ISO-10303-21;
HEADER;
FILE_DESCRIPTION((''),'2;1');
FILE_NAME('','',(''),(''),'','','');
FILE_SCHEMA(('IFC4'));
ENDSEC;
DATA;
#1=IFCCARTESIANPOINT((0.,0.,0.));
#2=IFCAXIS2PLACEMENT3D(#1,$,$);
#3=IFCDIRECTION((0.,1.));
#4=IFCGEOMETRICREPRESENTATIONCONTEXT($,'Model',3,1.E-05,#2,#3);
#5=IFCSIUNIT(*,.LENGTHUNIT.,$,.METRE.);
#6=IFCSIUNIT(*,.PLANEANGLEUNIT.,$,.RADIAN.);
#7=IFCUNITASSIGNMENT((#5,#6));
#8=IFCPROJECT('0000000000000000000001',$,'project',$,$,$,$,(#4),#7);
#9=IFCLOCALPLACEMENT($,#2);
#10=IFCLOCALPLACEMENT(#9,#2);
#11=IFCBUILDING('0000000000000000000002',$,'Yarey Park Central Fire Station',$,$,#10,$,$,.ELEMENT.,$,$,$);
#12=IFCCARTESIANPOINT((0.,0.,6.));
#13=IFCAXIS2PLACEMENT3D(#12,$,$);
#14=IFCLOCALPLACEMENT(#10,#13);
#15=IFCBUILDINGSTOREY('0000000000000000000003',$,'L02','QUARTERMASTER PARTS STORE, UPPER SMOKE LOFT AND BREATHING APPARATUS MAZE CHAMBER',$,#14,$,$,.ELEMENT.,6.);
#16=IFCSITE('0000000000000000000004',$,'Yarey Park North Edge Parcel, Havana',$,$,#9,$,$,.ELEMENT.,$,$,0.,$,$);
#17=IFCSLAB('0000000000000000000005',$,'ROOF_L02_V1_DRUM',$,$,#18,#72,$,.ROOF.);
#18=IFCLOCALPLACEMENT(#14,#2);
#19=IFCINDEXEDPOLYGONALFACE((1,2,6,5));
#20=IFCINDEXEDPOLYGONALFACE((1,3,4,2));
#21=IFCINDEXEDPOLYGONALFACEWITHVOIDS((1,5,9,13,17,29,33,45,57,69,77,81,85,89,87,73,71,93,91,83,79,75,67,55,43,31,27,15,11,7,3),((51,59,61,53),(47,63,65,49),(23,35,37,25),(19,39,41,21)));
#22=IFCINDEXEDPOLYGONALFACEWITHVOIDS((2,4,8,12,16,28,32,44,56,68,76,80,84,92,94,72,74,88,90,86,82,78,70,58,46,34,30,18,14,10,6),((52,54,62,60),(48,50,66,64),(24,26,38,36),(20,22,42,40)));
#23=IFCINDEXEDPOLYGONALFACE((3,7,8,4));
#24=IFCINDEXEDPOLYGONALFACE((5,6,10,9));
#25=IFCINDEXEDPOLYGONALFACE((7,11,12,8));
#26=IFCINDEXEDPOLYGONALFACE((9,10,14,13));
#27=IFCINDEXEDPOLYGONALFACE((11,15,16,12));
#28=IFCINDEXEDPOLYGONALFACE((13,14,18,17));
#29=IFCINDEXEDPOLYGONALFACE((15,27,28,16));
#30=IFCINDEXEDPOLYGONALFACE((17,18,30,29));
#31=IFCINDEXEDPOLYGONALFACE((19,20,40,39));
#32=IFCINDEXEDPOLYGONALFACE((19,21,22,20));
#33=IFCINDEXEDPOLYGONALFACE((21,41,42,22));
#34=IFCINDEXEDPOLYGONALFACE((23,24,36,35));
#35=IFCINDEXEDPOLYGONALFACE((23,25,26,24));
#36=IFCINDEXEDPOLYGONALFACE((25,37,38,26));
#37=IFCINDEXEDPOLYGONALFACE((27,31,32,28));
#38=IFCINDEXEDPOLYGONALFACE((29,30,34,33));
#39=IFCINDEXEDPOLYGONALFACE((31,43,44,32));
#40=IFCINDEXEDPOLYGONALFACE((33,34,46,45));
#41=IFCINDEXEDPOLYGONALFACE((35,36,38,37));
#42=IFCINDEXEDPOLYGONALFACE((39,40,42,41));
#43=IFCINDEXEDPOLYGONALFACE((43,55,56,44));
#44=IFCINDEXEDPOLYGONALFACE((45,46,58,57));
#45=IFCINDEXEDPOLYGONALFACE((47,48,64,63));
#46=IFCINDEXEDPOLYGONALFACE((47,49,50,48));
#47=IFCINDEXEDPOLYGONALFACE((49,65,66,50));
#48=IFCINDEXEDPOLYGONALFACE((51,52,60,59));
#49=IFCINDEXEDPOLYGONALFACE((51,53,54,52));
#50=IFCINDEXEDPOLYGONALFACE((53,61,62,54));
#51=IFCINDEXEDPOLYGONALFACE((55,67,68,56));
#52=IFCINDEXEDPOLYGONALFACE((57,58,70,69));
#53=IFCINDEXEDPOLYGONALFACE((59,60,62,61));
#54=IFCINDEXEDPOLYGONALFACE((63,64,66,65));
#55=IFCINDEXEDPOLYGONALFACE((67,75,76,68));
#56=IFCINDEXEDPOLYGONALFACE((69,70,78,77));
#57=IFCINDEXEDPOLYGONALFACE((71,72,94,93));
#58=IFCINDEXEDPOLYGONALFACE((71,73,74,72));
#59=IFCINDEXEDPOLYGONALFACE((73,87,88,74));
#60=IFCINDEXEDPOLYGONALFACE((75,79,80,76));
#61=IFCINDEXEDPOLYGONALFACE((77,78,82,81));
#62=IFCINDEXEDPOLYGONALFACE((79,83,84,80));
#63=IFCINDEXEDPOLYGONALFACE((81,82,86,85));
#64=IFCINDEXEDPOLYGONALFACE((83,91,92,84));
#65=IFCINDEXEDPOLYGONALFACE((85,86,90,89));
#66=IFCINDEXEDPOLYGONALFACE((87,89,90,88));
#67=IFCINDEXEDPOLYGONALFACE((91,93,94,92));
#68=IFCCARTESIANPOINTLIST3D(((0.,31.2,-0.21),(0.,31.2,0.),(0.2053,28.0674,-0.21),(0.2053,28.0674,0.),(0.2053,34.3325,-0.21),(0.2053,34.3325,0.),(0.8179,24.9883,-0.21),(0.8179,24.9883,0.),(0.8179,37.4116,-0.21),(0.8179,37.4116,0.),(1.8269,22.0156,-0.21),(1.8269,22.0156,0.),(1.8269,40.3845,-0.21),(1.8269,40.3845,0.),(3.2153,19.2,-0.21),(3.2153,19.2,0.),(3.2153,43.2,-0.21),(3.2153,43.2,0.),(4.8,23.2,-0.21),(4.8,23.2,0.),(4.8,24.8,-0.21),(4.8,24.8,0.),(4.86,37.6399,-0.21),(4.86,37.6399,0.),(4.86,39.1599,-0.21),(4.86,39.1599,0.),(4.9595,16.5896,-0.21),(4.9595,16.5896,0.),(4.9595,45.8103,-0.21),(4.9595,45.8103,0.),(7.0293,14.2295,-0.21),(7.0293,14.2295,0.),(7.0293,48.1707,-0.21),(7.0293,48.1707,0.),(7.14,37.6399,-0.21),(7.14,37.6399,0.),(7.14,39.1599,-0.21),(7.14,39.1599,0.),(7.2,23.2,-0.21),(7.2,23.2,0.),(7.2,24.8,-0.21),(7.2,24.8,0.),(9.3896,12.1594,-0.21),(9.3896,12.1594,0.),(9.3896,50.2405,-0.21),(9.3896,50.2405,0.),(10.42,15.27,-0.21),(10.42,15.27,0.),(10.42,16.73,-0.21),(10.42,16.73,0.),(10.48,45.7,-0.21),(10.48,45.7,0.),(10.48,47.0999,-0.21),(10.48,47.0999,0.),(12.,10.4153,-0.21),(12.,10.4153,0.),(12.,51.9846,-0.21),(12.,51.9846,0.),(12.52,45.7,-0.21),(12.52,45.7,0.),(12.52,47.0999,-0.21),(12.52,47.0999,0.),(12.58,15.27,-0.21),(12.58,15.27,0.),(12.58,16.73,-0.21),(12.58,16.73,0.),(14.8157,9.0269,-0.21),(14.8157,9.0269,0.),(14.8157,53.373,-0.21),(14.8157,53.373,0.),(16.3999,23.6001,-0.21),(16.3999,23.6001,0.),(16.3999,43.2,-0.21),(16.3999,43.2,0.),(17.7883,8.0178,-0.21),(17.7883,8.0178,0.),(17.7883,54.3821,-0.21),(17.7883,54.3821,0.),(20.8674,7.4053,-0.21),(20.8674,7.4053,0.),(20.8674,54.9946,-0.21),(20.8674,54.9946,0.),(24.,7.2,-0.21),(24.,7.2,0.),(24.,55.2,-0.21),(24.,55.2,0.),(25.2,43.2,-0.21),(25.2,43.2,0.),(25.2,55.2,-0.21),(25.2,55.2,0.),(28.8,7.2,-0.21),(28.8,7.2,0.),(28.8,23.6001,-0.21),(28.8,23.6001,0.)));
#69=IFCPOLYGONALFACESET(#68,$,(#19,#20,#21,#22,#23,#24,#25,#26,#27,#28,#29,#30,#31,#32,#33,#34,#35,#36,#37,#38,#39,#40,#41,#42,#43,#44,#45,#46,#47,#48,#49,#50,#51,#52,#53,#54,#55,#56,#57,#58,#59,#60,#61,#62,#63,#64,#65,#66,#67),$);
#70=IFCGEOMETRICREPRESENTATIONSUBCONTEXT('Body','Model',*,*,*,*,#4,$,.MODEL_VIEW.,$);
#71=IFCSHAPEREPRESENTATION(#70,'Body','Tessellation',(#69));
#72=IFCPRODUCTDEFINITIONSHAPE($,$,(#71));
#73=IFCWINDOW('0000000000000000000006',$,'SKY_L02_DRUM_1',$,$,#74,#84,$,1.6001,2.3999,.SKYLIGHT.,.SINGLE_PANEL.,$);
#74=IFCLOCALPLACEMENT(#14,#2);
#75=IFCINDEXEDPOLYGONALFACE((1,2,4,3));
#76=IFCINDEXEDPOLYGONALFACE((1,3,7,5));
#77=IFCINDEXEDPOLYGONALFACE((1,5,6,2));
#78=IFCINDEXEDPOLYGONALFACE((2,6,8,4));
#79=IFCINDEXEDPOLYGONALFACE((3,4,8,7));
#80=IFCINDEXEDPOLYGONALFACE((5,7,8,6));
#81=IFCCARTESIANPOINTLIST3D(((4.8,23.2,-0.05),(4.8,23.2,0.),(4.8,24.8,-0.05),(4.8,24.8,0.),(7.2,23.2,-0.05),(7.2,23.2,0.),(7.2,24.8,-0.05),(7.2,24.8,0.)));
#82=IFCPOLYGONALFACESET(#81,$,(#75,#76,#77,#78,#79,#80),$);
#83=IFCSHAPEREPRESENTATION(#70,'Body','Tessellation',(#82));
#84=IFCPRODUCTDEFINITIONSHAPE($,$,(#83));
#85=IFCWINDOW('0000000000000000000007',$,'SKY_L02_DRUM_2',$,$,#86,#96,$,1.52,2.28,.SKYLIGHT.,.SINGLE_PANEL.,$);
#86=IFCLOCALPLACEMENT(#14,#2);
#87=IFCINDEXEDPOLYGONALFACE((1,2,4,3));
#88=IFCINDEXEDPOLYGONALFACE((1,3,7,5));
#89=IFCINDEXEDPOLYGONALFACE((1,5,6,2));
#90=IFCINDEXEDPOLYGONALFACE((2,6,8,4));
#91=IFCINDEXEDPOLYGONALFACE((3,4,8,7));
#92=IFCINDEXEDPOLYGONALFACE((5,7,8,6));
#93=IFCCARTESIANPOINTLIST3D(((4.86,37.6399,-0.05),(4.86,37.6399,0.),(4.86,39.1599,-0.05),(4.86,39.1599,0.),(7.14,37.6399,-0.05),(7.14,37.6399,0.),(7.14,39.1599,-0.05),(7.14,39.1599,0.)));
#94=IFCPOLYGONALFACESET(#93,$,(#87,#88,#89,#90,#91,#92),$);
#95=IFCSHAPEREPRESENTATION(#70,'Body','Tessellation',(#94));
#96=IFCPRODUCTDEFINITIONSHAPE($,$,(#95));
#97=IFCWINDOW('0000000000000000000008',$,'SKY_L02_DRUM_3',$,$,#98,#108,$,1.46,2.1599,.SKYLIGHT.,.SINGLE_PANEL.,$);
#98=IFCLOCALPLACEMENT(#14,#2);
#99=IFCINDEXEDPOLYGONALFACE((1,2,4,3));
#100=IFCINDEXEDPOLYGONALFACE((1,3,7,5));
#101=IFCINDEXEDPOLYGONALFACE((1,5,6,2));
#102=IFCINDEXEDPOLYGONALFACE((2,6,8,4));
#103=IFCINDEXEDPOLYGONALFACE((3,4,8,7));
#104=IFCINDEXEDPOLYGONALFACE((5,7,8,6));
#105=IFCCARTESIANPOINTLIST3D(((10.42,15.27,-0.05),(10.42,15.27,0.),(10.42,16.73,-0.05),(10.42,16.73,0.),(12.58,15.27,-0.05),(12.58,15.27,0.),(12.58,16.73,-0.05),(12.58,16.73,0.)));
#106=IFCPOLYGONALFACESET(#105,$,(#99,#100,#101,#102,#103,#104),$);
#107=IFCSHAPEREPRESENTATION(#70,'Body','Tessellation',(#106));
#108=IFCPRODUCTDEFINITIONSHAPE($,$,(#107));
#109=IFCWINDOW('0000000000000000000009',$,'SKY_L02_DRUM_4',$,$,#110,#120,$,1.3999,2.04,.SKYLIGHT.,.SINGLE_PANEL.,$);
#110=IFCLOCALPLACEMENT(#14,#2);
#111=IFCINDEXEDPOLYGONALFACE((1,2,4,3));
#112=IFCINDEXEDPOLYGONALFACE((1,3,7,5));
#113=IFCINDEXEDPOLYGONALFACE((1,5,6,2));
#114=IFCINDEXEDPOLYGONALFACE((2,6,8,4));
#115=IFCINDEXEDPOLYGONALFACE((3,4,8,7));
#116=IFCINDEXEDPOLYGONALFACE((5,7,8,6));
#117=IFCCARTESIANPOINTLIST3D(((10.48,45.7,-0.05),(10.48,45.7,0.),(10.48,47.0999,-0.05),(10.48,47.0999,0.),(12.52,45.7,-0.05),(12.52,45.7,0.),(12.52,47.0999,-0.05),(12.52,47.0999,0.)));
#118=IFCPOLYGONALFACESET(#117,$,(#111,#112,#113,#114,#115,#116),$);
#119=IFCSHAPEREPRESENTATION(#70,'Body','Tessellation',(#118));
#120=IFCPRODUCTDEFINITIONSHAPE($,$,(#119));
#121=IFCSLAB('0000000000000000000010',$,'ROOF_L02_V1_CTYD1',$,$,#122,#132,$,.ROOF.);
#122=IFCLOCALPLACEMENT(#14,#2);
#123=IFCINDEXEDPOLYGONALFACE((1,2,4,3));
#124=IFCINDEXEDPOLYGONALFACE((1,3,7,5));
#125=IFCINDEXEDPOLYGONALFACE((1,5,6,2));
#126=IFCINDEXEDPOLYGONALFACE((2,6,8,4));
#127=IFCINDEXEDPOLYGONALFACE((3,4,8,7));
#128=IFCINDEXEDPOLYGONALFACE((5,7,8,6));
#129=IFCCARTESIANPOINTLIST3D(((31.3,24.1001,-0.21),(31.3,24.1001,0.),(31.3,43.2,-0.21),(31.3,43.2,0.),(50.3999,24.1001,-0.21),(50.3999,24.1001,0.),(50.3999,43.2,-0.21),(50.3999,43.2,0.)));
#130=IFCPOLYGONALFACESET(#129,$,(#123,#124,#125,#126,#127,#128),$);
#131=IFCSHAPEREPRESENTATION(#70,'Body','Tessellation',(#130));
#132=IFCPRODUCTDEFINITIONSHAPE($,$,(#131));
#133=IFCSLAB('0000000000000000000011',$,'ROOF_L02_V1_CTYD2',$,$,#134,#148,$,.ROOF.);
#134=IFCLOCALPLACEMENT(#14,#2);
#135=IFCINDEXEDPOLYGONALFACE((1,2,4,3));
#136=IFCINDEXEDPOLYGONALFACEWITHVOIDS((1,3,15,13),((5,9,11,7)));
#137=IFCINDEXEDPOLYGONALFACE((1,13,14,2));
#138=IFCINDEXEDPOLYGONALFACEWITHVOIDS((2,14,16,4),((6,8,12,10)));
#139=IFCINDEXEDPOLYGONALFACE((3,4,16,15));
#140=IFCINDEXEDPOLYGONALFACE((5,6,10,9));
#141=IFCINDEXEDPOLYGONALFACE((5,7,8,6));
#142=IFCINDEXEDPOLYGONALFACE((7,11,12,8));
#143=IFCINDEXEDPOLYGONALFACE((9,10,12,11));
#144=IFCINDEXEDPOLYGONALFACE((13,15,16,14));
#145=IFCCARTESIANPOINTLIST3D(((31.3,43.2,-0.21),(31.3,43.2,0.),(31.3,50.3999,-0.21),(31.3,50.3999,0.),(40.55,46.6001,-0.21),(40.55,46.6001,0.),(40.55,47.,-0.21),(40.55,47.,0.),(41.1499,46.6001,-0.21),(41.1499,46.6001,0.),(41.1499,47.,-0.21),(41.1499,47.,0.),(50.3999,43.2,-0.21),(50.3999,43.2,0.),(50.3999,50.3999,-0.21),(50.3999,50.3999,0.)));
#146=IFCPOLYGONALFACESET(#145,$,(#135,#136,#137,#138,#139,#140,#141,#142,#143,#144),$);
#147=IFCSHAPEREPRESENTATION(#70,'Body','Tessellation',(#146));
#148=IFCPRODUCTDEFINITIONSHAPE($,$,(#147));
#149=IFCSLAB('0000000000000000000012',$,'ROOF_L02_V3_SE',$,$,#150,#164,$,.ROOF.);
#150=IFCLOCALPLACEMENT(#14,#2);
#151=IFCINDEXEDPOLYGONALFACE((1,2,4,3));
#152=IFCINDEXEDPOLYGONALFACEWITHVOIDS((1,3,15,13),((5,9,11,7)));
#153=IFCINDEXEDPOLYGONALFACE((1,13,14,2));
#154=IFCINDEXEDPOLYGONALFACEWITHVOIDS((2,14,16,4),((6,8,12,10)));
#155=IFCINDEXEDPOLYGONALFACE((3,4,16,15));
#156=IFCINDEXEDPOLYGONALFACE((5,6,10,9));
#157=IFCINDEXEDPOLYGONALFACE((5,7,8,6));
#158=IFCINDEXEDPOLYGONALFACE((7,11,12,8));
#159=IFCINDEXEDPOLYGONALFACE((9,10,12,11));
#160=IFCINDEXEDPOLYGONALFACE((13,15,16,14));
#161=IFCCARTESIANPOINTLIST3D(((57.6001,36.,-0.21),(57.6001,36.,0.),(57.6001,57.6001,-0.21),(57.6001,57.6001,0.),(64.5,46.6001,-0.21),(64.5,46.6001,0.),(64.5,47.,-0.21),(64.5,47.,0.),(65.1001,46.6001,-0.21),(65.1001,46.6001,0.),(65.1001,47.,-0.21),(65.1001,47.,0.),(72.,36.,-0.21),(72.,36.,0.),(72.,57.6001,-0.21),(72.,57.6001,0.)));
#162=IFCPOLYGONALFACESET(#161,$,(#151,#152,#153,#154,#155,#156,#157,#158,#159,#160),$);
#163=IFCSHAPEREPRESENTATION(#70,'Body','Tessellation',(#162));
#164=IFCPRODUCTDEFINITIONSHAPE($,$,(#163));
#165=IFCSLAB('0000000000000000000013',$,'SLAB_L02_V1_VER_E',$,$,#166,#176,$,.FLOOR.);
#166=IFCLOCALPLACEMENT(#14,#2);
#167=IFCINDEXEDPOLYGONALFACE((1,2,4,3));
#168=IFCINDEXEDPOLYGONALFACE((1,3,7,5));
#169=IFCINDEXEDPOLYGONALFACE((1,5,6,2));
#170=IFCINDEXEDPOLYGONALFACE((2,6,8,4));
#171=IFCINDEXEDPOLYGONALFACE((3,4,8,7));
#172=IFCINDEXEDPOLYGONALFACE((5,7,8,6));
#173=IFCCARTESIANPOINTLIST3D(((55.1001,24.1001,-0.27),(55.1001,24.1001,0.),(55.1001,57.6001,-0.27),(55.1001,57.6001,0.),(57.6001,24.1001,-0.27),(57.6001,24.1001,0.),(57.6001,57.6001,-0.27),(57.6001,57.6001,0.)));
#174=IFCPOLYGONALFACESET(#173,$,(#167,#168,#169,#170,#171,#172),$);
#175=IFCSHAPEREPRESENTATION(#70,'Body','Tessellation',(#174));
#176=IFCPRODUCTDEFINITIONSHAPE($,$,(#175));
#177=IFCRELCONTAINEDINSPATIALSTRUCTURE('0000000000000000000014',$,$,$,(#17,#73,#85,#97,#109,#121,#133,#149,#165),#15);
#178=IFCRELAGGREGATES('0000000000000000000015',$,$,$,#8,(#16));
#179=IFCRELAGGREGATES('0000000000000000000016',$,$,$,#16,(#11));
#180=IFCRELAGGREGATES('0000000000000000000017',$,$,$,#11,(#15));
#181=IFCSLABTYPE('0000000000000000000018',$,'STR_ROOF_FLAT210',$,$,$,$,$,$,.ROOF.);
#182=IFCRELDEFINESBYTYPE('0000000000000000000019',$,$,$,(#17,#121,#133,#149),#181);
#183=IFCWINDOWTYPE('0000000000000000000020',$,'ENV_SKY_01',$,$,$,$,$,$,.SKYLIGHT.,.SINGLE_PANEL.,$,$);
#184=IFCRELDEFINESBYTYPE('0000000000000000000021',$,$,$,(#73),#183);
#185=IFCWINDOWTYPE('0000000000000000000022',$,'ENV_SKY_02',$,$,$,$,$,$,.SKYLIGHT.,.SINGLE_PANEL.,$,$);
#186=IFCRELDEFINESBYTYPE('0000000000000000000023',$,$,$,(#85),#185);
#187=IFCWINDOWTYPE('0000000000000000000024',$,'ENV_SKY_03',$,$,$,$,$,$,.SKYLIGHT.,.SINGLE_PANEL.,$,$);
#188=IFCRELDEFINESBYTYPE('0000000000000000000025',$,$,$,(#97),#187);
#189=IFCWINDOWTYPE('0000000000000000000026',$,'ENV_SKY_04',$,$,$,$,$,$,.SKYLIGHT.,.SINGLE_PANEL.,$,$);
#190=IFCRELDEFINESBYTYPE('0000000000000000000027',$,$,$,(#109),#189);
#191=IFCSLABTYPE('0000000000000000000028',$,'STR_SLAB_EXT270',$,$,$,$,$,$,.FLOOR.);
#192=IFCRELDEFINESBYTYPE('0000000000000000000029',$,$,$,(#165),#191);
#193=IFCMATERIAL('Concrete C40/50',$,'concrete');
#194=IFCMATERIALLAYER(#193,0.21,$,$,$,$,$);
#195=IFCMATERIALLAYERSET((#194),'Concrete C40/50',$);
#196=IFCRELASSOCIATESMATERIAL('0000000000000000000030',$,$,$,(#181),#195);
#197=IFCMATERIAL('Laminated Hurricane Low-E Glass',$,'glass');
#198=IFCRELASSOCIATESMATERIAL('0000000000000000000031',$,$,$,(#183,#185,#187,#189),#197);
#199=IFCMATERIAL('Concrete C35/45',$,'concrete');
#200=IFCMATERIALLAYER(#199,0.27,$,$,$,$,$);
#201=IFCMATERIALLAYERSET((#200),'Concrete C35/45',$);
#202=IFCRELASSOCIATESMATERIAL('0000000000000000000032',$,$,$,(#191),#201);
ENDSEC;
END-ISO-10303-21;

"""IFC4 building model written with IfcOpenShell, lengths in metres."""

from ifc_helpers import new_model, si_unit, direction, frame, origin, origin_2d, place, context, subcontext, project, spatial, polyline, rectangle, outline, extrude, material, layer, layer_set, type_object, element, fill, save


model = new_model("IFC4")

# Units and contexts
model_context = context("Model", 3, precision=1e-05, world=origin(), true_north=direction((0.0, 1.0)))
body_context = subcontext(model_context, "Body", "Model", "MODEL_VIEW")
ifc_project = project(units=[si_unit("LENGTHUNIT", "METRE"), si_unit("PLANEANGLEUNIT", "RADIAN")], contexts=[model_context])

# Site, building, storey
site_placement = place(None, origin())
site = spatial("IfcSite", under=ifc_project, at=site_placement, Name="Yarey Park North Edge Parcel, Havana", CompositionType="ELEMENT", RefElevation=0.0)
building_placement = place(site_placement, origin())
building = spatial("IfcBuilding", under=site, at=building_placement, Name="Yarey Park Central Fire Station", CompositionType="ELEMENT")
storey_placement = place(building_placement, frame((0.0, 0.0, 6.0)))
storey = spatial("IfcBuildingStorey", under=building, at=storey_placement, Name="L02", Description="QUARTERMASTER PARTS STORE, UPPER SMOKE LOFT AND BREATHING APPARATUS MAZE CHAMBER", CompositionType="ELEMENT", Elevation=6.0)

# Shared definitions
ifc_material_1 = material(Name="Concrete C40/50", Category="concrete")

# Slab, openings, windows
ifc_layer_1 = layer(ifc_material_1, 0.21)
ifc_layer_set_1 = layer_set([ifc_layer_1], Name="Concrete C40/50")
slab_type_1 = type_object("IfcSlabType", Name="STR_ROOF_FLAT210", PredefinedType="ROOF", material=ifc_layer_set_1)
slab_1_placement = place(storey_placement, frame((0.0, 0.0, -0.21)))
slab_1 = element("IfcSlab", 1, at=slab_1_placement, inside=storey, type_object=slab_type_1, Name="ROOF_L02_V1_DRUM", PredefinedType="ROOF", context=body_context, shape_type="SweptSolid", body=[
    extrude(outline(polyline([(28.8, 7.2), (24.0, 7.2), (20.8674, 7.4053), (17.7883, 8.0178), (14.8157, 9.0269), (12.0, 10.4153), (9.3896, 12.1594), (7.0293, 14.2295), (4.9595, 16.5896), (3.2153, 19.2), (1.8269, 22.0156), (0.8179, 24.9883), (0.2053, 28.0674), (0.0, 31.2), (0.2053, 34.3325), (0.8179, 37.4116), (1.8269, 40.3845), (3.2153, 43.2), (4.9595, 45.8103), (7.0293, 48.1707), (9.3896, 50.2405), (12.0, 51.9846), (14.8157, 53.373), (17.7883, 54.3821), (20.8674, 54.9946), (24.0, 55.2), (25.2, 55.2), (25.2, 43.2), (16.3999, 43.2), (16.3999, 23.6001), (28.8, 23.6001), (28.8, 7.2)])), origin(), (0.0, 0.0, 1.0), 0.21),
])
opening_1_placement = place(slab_1_placement, frame((6.0, 24.0, -0.01)))
opening_1 = element("IfcOpeningElement", 2, at=opening_1_placement, cuts=slab_1, PredefinedType="OPENING", context=body_context, shape_type="SweptSolid", body=[
    extrude(rectangle(XDim=2.3999, YDim=1.6001, at=origin_2d()), origin(), (0.0, 0.0, 1.0), 0.23),
])
opening_2_placement = place(slab_1_placement, frame((6.0, 38.3999, -0.01)))
opening_2 = element("IfcOpeningElement", 3, at=opening_2_placement, cuts=slab_1, PredefinedType="OPENING", context=body_context, shape_type="SweptSolid", body=[
    extrude(rectangle(XDim=2.28, YDim=1.52, at=origin_2d()), origin(), (0.0, 0.0, 1.0), 0.23),
])
opening_3_placement = place(slab_1_placement, frame((11.5, 16.0, -0.01)))
opening_3 = element("IfcOpeningElement", 4, at=opening_3_placement, cuts=slab_1, PredefinedType="OPENING", context=body_context, shape_type="SweptSolid", body=[
    extrude(rectangle(XDim=2.1599, YDim=1.46, at=origin_2d()), origin(), (0.0, 0.0, 1.0), 0.23),
])
opening_4_placement = place(slab_1_placement, frame((11.5, 46.3999, -0.01)))
opening_4 = element("IfcOpeningElement", 5, at=opening_4_placement, cuts=slab_1, PredefinedType="OPENING", context=body_context, shape_type="SweptSolid", body=[
    extrude(rectangle(XDim=2.04, YDim=1.3999, at=origin_2d()), origin(), (0.0, 0.0, 1.0), 0.23),
])
ifc_material_2 = material(Name="Laminated Hurricane Low-E Glass", Category="glass")
window_type_1 = type_object("IfcWindowType", Name="ENV_SKY_01", PartitioningType="SINGLE_PANEL", PredefinedType="SKYLIGHT", material=ifc_material_2)
window_1_placement = place(slab_1_placement, frame((6.0, 24.0, 0.1599)))
window_1 = element("IfcWindow", 6, at=window_1_placement, inside=storey, type_object=window_type_1, Name="SKY_L02_DRUM_1", OverallHeight=1.6001, OverallWidth=2.3999, PartitioningType="SINGLE_PANEL", PredefinedType="SKYLIGHT", context=body_context, shape_type="SweptSolid", body=[
    extrude(rectangle(XDim=2.3999, YDim=1.6001, at=origin_2d()), origin(), (0.0, 0.0, 1.0), 0.05),
])
fill(opening_1, window_1)
window_type_2 = type_object("IfcWindowType", Name="ENV_SKY_02", PartitioningType="SINGLE_PANEL", PredefinedType="SKYLIGHT", material=ifc_material_2)
window_2_placement = place(slab_1_placement, frame((6.0, 38.3999, 0.1599)))
window_2 = element("IfcWindow", 7, at=window_2_placement, inside=storey, type_object=window_type_2, Name="SKY_L02_DRUM_2", OverallHeight=1.52, OverallWidth=2.28, PartitioningType="SINGLE_PANEL", PredefinedType="SKYLIGHT", context=body_context, shape_type="SweptSolid", body=[
    extrude(rectangle(XDim=2.28, YDim=1.52, at=origin_2d()), origin(), (0.0, 0.0, 1.0), 0.05),
])
fill(opening_2, window_2)
window_type_3 = type_object("IfcWindowType", Name="ENV_SKY_03", PartitioningType="SINGLE_PANEL", PredefinedType="SKYLIGHT", material=ifc_material_2)
window_3_placement = place(slab_1_placement, frame((11.5, 16.0, 0.1599)))
window_3 = element("IfcWindow", 8, at=window_3_placement, inside=storey, type_object=window_type_3, Name="SKY_L02_DRUM_3", OverallHeight=1.46, OverallWidth=2.1599, PartitioningType="SINGLE_PANEL", PredefinedType="SKYLIGHT", context=body_context, shape_type="SweptSolid", body=[
    extrude(rectangle(XDim=2.1599, YDim=1.46, at=origin_2d()), origin(), (0.0, 0.0, 1.0), 0.05),
])
fill(opening_3, window_3)
window_type_4 = type_object("IfcWindowType", Name="ENV_SKY_04", PartitioningType="SINGLE_PANEL", PredefinedType="SKYLIGHT", material=ifc_material_2)
window_4_placement = place(slab_1_placement, frame((11.5, 46.3999, 0.1599)))
window_4 = element("IfcWindow", 9, at=window_4_placement, inside=storey, type_object=window_type_4, Name="SKY_L02_DRUM_4", OverallHeight=1.3999, OverallWidth=2.04, PartitioningType="SINGLE_PANEL", PredefinedType="SKYLIGHT", context=body_context, shape_type="SweptSolid", body=[
    extrude(rectangle(XDim=2.04, YDim=1.3999, at=origin_2d()), origin(), (0.0, 0.0, 1.0), 0.05),
])
fill(opening_4, window_4)

# Slabs
slab_2_placement = place(storey_placement, frame((0.0, 0.0, -0.21)))
element("IfcSlab", 10, at=slab_2_placement, inside=storey, type_object=slab_type_1, Name="ROOF_L02_V1_CTYD1", PredefinedType="ROOF", context=body_context, shape_type="SweptSolid", body=[
    extrude(outline(polyline([(31.3, 24.1001), (50.3999, 24.1001), (50.3999, 43.2), (31.3, 43.2), (31.3, 24.1001)])), origin(), (0.0, 0.0, 1.0), 0.21),
])
slab_3_placement = place(storey_placement, frame((0.0, 0.0, -0.21)))
element("IfcSlab", 11, at=slab_3_placement, inside=storey, type_object=slab_type_1, Name="ROOF_L02_V1_CTYD2", PredefinedType="ROOF", context=body_context, shape_type="SweptSolid", body=[
    extrude(outline(polyline([(31.3, 43.2), (50.3999, 43.2), (50.3999, 50.3999), (31.3, 50.3999), (31.3, 43.2)]), holes=[polyline([(40.55, 46.6001), (41.1499, 46.6001), (41.1499, 47.0), (40.55, 47.0), (40.55, 46.6001)])]), origin(), (0.0, 0.0, 1.0), 0.21),
])
slab_4_placement = place(storey_placement, frame((0.0, 0.0, -0.21)))
element("IfcSlab", 12, at=slab_4_placement, inside=storey, type_object=slab_type_1, Name="ROOF_L02_V3_SE", PredefinedType="ROOF", context=body_context, shape_type="SweptSolid", body=[
    extrude(outline(polyline([(57.6001, 36.0), (72.0, 36.0), (72.0, 57.6001), (57.6001, 57.6001), (57.6001, 36.0)]), holes=[polyline([(64.5, 46.6001), (65.1001, 46.6001), (65.1001, 47.0), (64.5, 47.0), (64.5, 46.6001)])]), origin(), (0.0, 0.0, 1.0), 0.21),
])

# Slab
ifc_material_3 = material(Name="Concrete C35/45", Category="concrete")
ifc_layer_2 = layer(ifc_material_3, 0.27)
ifc_layer_set_2 = layer_set([ifc_layer_2], Name="Concrete C35/45")
slab_type_2 = type_object("IfcSlabType", Name="STR_SLAB_EXT270", PredefinedType="FLOOR", material=ifc_layer_set_2)
slab_5_placement = place(storey_placement, frame((0.0, 0.0, -0.27)))
element("IfcSlab", 13, at=slab_5_placement, inside=storey, type_object=slab_type_2, Name="SLAB_L02_V1_VER_E", PredefinedType="FLOOR", context=body_context, shape_type="SweptSolid", body=[
    extrude(outline(polyline([(55.1001, 24.1001), (57.6001, 24.1001), (57.6001, 57.6001), (55.1001, 57.6001), (55.1001, 24.1001)])), origin(), (0.0, 0.0, 1.0), 0.27),
])

save(model, "model.ifc")
